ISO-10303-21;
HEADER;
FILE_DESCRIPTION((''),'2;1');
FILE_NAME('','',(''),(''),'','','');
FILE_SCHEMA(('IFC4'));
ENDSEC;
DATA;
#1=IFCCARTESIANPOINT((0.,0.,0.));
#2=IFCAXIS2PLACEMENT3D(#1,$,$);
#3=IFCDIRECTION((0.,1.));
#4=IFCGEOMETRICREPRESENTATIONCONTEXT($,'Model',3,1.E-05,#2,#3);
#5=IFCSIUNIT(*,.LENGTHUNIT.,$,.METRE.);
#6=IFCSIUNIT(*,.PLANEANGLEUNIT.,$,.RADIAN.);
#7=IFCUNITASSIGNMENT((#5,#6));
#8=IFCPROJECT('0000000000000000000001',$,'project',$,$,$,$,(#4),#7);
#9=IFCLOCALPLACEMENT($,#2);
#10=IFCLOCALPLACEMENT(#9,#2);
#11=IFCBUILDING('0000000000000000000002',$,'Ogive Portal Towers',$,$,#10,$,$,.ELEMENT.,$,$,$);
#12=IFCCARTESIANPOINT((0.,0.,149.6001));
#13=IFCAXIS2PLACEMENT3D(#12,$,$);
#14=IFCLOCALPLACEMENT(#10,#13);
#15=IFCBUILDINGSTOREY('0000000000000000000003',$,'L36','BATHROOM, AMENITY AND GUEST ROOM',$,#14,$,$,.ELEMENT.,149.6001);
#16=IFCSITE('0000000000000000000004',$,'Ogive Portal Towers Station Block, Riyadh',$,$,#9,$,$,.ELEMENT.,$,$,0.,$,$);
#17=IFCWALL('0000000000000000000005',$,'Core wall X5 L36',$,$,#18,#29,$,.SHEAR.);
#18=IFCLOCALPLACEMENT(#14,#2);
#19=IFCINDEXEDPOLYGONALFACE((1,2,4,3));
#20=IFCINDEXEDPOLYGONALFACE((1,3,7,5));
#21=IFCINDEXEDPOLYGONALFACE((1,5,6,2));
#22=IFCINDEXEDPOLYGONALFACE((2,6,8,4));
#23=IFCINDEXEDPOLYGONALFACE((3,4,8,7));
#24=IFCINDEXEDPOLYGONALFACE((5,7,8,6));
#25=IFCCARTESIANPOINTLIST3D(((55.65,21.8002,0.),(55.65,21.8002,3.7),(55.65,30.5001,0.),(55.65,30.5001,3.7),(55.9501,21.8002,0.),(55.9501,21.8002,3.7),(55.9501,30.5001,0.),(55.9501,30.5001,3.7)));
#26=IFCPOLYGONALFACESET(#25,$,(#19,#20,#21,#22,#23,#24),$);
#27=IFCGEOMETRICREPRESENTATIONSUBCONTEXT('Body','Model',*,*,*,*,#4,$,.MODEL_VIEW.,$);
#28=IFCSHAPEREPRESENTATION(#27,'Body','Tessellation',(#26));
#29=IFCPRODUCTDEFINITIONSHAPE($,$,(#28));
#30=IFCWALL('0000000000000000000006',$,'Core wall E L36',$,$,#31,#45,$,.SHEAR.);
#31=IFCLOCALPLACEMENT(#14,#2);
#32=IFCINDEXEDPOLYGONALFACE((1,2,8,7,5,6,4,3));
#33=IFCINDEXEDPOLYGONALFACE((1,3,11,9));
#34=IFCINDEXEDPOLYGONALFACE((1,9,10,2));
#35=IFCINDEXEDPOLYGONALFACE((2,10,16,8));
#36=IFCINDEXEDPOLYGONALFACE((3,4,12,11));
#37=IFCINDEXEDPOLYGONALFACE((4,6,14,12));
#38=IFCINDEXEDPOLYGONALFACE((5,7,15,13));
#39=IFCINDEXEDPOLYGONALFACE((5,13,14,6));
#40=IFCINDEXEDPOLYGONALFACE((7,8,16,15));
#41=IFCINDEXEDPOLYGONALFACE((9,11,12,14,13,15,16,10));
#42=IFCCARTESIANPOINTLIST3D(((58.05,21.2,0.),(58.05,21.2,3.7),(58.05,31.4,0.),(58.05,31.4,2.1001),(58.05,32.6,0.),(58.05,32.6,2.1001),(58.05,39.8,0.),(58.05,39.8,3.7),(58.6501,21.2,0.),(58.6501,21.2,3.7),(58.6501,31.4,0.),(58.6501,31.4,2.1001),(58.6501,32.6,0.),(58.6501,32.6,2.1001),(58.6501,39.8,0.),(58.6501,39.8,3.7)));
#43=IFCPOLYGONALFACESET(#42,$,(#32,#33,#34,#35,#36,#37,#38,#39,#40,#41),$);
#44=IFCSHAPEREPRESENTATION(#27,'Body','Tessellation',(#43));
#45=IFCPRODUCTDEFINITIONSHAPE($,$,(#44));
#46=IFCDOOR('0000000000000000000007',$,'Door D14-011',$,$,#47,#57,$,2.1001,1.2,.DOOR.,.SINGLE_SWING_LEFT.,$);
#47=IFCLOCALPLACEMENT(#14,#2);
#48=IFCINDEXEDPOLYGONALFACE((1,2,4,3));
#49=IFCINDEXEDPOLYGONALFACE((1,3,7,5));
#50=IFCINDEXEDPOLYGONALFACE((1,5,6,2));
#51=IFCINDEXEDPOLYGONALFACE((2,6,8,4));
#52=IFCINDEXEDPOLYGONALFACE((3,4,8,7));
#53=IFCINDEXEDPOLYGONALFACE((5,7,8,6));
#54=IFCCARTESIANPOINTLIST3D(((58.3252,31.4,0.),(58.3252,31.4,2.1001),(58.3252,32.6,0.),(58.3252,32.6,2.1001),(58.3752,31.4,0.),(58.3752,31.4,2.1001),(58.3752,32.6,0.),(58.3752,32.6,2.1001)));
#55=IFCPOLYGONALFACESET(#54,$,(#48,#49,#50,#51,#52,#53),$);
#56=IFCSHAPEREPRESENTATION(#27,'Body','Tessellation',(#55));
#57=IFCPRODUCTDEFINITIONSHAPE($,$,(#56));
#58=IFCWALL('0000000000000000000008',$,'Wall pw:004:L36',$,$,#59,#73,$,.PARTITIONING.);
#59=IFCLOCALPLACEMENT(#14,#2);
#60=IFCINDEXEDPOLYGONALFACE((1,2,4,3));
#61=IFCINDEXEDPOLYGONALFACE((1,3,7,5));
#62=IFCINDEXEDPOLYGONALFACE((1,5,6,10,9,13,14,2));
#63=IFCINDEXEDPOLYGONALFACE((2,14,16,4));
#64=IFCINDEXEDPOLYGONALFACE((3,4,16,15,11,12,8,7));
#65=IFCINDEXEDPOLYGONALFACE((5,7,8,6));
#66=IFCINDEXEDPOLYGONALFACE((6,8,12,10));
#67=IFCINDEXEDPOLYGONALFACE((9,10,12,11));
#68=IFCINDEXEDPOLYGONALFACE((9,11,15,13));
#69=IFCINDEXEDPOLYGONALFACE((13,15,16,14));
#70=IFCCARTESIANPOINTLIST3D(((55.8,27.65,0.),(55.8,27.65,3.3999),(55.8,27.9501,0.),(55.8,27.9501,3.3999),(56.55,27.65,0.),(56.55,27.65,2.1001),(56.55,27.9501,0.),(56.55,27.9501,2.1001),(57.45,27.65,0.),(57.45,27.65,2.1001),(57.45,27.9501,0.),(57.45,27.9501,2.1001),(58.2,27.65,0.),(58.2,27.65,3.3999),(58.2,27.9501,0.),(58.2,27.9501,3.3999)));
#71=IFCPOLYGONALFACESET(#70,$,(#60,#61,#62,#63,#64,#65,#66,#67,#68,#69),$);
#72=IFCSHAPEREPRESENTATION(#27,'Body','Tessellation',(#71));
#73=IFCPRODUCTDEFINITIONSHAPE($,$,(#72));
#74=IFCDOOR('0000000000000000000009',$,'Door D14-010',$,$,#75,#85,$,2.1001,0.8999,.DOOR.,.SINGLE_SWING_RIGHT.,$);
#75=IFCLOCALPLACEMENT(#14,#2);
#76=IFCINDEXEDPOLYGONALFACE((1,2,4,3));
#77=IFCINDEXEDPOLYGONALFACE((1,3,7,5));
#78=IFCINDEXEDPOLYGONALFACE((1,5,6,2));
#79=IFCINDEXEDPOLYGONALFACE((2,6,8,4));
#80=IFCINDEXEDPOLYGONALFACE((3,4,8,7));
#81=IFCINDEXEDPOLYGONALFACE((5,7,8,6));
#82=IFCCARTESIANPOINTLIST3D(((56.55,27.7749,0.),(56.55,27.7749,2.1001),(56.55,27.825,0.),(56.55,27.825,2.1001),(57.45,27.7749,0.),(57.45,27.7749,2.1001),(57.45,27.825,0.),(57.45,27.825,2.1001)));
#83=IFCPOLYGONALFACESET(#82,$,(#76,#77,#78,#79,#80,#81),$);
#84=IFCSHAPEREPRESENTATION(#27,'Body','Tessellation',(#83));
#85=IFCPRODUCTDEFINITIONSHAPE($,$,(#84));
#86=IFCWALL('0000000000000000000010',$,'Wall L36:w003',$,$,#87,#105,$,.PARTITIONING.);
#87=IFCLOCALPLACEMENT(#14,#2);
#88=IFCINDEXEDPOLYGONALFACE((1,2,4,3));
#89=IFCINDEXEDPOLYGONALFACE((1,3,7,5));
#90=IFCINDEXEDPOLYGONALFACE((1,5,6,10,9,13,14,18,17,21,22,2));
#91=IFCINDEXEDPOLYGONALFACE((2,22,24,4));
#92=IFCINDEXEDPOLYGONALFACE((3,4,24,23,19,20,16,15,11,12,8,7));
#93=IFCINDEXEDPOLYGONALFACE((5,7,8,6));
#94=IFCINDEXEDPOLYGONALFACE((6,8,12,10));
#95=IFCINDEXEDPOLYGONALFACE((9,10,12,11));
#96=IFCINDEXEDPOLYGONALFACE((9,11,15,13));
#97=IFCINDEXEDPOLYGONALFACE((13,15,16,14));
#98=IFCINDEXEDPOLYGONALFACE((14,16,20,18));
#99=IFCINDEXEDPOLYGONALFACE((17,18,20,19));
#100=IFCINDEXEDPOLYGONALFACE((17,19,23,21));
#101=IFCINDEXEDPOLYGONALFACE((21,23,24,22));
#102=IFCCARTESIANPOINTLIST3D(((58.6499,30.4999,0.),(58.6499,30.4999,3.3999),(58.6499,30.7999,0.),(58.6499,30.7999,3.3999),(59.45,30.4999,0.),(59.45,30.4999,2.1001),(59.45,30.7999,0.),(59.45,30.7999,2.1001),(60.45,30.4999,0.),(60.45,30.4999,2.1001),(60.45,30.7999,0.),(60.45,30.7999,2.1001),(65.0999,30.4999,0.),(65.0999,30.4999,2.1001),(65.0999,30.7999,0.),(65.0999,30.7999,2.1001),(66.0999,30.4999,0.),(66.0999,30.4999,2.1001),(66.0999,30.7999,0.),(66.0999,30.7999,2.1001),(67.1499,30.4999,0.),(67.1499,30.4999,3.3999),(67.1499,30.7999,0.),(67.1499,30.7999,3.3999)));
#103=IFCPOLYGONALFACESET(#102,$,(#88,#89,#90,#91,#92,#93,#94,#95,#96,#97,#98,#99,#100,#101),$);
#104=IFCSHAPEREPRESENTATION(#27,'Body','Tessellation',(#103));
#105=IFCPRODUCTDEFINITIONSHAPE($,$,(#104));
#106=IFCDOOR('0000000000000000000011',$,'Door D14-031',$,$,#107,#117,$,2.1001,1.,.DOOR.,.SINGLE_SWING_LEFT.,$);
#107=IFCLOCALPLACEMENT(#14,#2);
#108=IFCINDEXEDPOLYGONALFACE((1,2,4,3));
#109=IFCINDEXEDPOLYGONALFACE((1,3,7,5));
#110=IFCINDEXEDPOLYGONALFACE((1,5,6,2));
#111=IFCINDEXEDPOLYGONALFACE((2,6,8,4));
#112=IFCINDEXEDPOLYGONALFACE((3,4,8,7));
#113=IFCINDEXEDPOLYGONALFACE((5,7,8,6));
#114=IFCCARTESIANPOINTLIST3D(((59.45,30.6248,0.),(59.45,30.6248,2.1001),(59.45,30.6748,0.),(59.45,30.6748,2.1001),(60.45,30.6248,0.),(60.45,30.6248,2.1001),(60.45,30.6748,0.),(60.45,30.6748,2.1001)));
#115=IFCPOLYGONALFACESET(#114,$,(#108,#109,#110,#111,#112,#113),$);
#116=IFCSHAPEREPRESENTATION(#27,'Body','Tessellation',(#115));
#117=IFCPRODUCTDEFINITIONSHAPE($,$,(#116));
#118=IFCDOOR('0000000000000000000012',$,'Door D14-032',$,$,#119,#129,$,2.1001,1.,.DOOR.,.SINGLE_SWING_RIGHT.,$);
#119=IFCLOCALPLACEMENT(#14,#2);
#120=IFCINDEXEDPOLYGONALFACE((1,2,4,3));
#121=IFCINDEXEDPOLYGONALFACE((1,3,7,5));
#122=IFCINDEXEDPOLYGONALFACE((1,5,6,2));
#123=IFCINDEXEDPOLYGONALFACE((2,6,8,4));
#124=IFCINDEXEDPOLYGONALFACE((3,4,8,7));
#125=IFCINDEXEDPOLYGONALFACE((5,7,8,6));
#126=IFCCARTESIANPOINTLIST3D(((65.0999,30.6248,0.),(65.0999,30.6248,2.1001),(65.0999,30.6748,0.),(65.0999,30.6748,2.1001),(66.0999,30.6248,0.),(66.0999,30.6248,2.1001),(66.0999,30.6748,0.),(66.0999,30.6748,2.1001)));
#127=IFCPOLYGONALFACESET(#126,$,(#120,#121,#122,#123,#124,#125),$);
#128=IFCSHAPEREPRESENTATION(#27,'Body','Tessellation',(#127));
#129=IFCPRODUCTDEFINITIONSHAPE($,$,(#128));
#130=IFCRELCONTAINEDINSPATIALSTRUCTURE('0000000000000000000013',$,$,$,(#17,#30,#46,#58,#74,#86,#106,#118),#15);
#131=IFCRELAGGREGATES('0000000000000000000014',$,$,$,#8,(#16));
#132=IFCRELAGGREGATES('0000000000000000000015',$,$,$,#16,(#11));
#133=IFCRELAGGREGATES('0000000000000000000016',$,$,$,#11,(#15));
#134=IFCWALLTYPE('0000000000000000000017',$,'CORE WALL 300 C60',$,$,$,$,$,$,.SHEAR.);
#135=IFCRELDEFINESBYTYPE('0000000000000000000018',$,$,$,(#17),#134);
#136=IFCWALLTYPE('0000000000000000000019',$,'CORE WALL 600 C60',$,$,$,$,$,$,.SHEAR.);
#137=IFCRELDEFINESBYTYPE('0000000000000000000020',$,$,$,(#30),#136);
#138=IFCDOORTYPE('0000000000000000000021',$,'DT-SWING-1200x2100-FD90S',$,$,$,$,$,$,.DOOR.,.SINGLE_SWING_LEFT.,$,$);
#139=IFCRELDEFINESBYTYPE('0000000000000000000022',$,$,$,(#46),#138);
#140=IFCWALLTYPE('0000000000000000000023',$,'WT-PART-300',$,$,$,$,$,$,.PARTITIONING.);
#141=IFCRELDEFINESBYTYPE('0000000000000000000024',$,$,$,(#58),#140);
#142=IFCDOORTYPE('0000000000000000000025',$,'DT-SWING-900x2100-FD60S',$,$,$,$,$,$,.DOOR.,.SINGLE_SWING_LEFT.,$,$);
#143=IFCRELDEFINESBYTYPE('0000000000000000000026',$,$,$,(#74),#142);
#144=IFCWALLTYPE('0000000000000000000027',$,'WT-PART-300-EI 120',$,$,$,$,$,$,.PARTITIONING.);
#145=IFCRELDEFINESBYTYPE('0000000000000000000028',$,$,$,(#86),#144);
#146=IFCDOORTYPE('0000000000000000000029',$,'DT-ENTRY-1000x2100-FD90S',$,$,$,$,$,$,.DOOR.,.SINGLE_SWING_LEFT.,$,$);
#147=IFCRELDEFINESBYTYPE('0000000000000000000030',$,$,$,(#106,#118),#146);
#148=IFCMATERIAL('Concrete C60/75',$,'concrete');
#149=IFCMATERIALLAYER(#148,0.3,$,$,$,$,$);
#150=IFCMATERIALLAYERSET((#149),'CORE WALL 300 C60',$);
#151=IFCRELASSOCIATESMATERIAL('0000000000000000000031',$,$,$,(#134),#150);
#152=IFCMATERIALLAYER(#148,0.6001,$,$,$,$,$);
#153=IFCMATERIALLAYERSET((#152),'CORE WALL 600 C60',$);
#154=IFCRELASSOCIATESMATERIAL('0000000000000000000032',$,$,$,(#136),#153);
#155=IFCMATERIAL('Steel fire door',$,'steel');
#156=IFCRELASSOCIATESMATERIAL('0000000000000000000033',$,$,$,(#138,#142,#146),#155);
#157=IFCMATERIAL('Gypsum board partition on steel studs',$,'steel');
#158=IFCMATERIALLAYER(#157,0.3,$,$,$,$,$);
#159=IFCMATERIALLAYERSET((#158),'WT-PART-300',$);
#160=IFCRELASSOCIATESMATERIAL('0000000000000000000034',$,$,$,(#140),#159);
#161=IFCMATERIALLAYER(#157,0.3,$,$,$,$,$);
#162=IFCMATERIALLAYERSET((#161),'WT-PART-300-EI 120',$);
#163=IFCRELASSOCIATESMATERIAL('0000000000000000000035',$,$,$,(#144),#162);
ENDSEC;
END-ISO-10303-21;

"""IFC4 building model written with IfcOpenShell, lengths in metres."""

from ifc_helpers import new_model, si_unit, direction, frame, frame_2d, origin, place, context, subcontext, project, spatial, rectangle, extrude, material, layer, layer_set, type_object, element, fill, save


model = new_model("IFC4")

# Units and contexts
model_context = context("Model", 3, precision=1e-05, world=origin(), true_north=direction((0.0, 1.0)))
body_context = subcontext(model_context, "Body", "Model", "MODEL_VIEW")
ifc_project = project(units=[si_unit("LENGTHUNIT", "METRE"), si_unit("PLANEANGLEUNIT", "RADIAN")], contexts=[model_context])

# Site, building, storey
site_placement = place(None, origin())
site = spatial("IfcSite", under=ifc_project, at=site_placement, Name="Ogive Portal Towers Station Block, Riyadh", CompositionType="ELEMENT", RefElevation=0.0)
building_placement = place(site_placement, origin())
building = spatial("IfcBuilding", under=site, at=building_placement, Name="Ogive Portal Towers", CompositionType="ELEMENT")
storey_placement = place(building_placement, frame((0.0, 0.0, 149.6001)))
storey = spatial("IfcBuildingStorey", under=building, at=storey_placement, Name="L36", Description="BATHROOM, AMENITY AND GUEST ROOM", CompositionType="ELEMENT", Elevation=149.6001)

# Wall
ifc_material_1 = material(Name="Concrete C60/75", Category="concrete")
ifc_layer_1 = layer(ifc_material_1, 0.3)
ifc_layer_set_1 = layer_set([ifc_layer_1], Name="CORE WALL 300 C60")
wall_type_1 = type_object("IfcWallType", Name="CORE WALL 300 C60", PredefinedType="SHEAR", material=ifc_layer_set_1)
wall_1_placement = place(storey_placement, frame((55.8, 21.8, 0.0), z_axis=(0.0, 0.0, 1.0), x_axis=(0.0, 1.0, 0.0)))
element("IfcWall", 1, at=wall_1_placement, inside=storey, type_object=wall_type_1, Name="Core wall X5 L36", PredefinedType="SHEAR", context=body_context, shape_type="SweptSolid", body=[
    extrude(rectangle(XDim=8.7, YDim=0.3, at=frame_2d((4.3501, 0.0))), origin(), (0.0, 0.0, 1.0), 3.7),
])

# Walls, openings, doors
ifc_layer_2 = layer(ifc_material_1, 0.6001)
ifc_layer_set_2 = layer_set([ifc_layer_2], Name="CORE WALL 600 C60")
wall_type_2 = type_object("IfcWallType", Name="CORE WALL 600 C60", PredefinedType="SHEAR", material=ifc_layer_set_2)
wall_2_placement = place(storey_placement, frame((58.3501, 21.2, 0.0), z_axis=(0.0, 0.0, 1.0), x_axis=(0.0, 1.0, 0.0)))
wall_2 = element("IfcWall", 2, at=wall_2_placement, inside=storey, type_object=wall_type_2, Name="Core wall E L36", PredefinedType="SHEAR", context=body_context, shape_type="SweptSolid", body=[
    extrude(rectangle(XDim=18.6001, YDim=0.6001, at=frame_2d((9.3, 0.0))), origin(), (0.0, 0.0, 1.0), 3.7),
])
opening_1_placement = place(wall_2_placement, frame((10.2, 0.0, 0.0)))
opening_1 = element("IfcOpeningElement", 3, at=opening_1_placement, cuts=wall_2, PredefinedType="OPENING", context=body_context, shape_type="SweptSolid", body=[
    extrude(rectangle(XDim=1.2, YDim=2.1001, at=frame_2d((0.6001, 1.05))), frame((0.0, 0.3101, 0.0), z_axis=(0.0, -1.0, 0.0), x_axis=(1.0, 0.0, 0.0)), (0.0, 0.0, 1.0), 0.6201),
])
ifc_material_2 = material(Name="Steel fire door", Category="steel")
door_type_1 = type_object("IfcDoorType", Name="DT-SWING-1200x2100-FD90S", OperationType="SINGLE_SWING_LEFT", PredefinedType="DOOR", material=ifc_material_2)
door_1_placement = place(opening_1_placement, origin())
door_1 = element("IfcDoor", 4, at=door_1_placement, inside=storey, type_object=door_type_1, Name="Door D14-011", OperationType="SINGLE_SWING_LEFT", OverallHeight=2.1001, OverallWidth=1.2, PredefinedType="DOOR", context=body_context, shape_type="SweptSolid", body=[
    extrude(rectangle(XDim=1.2, YDim=2.1001, at=frame_2d((0.6001, 1.05))), frame((0.0, 0.0249, 0.0), z_axis=(0.0, -1.0, 0.0), x_axis=(1.0, 0.0, 0.0)), (0.0, 0.0, 1.0), 0.05),
])
fill(opening_1, door_1)
ifc_material_3 = material(Name="Gypsum board partition on steel studs", Category="steel")
ifc_layer_3 = layer(ifc_material_3, 0.3)
ifc_layer_set_3 = layer_set([ifc_layer_3], Name="WT-PART-300")
wall_type_3 = type_object("IfcWallType", Name="WT-PART-300", PredefinedType="PARTITIONING", material=ifc_layer_set_3)
wall_3_placement = place(storey_placement, frame((55.8, 27.8, 0.0), z_axis=(0.0, 0.0, 1.0), x_axis=(1.0, 0.0, 0.0)))
wall_3 = element("IfcWall", 5, at=wall_3_placement, inside=storey, type_object=wall_type_3, Name="Wall pw:004:L36", PredefinedType="PARTITIONING", context=body_context, shape_type="SweptSolid", body=[
    extrude(rectangle(XDim=2.3999, YDim=0.3, at=frame_2d((1.2, 0.0))), origin(), (0.0, 0.0, 1.0), 3.3999),
])
opening_2_placement = place(wall_3_placement, frame((0.75, 0.0, 0.0)))
opening_2 = element("IfcOpeningElement", 6, at=opening_2_placement, cuts=wall_3, PredefinedType="OPENING", context=body_context, shape_type="SweptSolid", body=[
    extrude(rectangle(XDim=0.8999, YDim=2.1001, at=frame_2d((0.45, 1.05))), frame((0.0, 0.1602, 0.0), z_axis=(0.0, -1.0, 0.0), x_axis=(1.0, 0.0, 0.0)), (0.0, 0.0, 1.0), 0.3201),
])
door_type_2 = type_object("IfcDoorType", Name="DT-SWING-900x2100-FD60S", OperationType="SINGLE_SWING_LEFT", PredefinedType="DOOR", material=ifc_material_2)
door_2_placement = place(opening_2_placement, origin())
door_2 = element("IfcDoor", 7, at=door_2_placement, inside=storey, type_object=door_type_2, Name="Door D14-010", OperationType="SINGLE_SWING_RIGHT", OverallHeight=2.1001, OverallWidth=0.8999, PredefinedType="DOOR", context=body_context, shape_type="SweptSolid", body=[
    extrude(rectangle(XDim=0.8999, YDim=2.1001, at=frame_2d((0.45, 1.05))), frame((0.0, 0.0249, 0.0), z_axis=(0.0, -1.0, 0.0), x_axis=(1.0, 0.0, 0.0)), (0.0, 0.0, 1.0), 0.05),
])
fill(opening_2, door_2)

# Wall, openings, doors
ifc_layer_4 = layer(ifc_material_3, 0.3)
ifc_layer_set_4 = layer_set([ifc_layer_4], Name="WT-PART-300-EI 120")
wall_type_4 = type_object("IfcWallType", Name="WT-PART-300-EI 120", PredefinedType="PARTITIONING", material=ifc_layer_set_4)
wall_4_placement = place(storey_placement, frame((58.6499, 30.6499, 0.0), z_axis=(0.0, 0.0, 1.0), x_axis=(1.0, 0.0, 0.0)))
wall_4 = element("IfcWall", 8, at=wall_4_placement, inside=storey, type_object=wall_type_4, Name="Wall L36:w003", PredefinedType="PARTITIONING", context=body_context, shape_type="SweptSolid", body=[
    extrude(rectangle(XDim=8.5, YDim=0.3, at=frame_2d((4.25, 0.0))), origin(), (0.0, 0.0, 1.0), 3.3999),
])
opening_3_placement = place(wall_4_placement, frame((0.8, 0.0, 0.0)))
opening_3 = element("IfcOpeningElement", 9, at=opening_3_placement, cuts=wall_4, PredefinedType="OPENING", context=body_context, shape_type="SweptSolid", body=[
    extrude(rectangle(XDim=1.0, YDim=2.1001, at=frame_2d((0.5, 1.05))), frame((0.0, 0.1602, 0.0), z_axis=(0.0, -1.0, 0.0), x_axis=(1.0, 0.0, 0.0)), (0.0, 0.0, 1.0), 0.3201),
])
opening_4_placement = place(wall_4_placement, frame((6.45, 0.0, 0.0)))
opening_4 = element("IfcOpeningElement", 10, at=opening_4_placement, cuts=wall_4, PredefinedType="OPENING", context=body_context, shape_type="SweptSolid", body=[
    extrude(rectangle(XDim=1.0, YDim=2.1001, at=frame_2d((0.5, 1.05))), frame((0.0, 0.1602, 0.0), z_axis=(0.0, -1.0, 0.0), x_axis=(1.0, 0.0, 0.0)), (0.0, 0.0, 1.0), 0.3201),
])
door_type_3 = type_object("IfcDoorType", Name="DT-ENTRY-1000x2100-FD90S", OperationType="SINGLE_SWING_LEFT", PredefinedType="DOOR", material=ifc_material_2)
door_3_placement = place(opening_3_placement, origin())
door_3 = element("IfcDoor", 11, at=door_3_placement, inside=storey, type_object=door_type_3, Name="Door D14-031", OperationType="SINGLE_SWING_LEFT", OverallHeight=2.1001, OverallWidth=1.0, PredefinedType="DOOR", context=body_context, shape_type="SweptSolid", body=[
    extrude(rectangle(XDim=1.0, YDim=2.1001, at=frame_2d((0.5, 1.05))), frame((0.0, 0.0249, 0.0), z_axis=(0.0, -1.0, 0.0), x_axis=(1.0, 0.0, 0.0)), (0.0, 0.0, 1.0), 0.05),
])
fill(opening_3, door_3)
door_4_placement = place(opening_4_placement, origin())
door_4 = element("IfcDoor", 12, at=door_4_placement, inside=storey, type_object=door_type_3, Name="Door D14-032", OperationType="SINGLE_SWING_RIGHT", OverallHeight=2.1001, OverallWidth=1.0, PredefinedType="DOOR", context=body_context, shape_type="SweptSolid", body=[
    extrude(rectangle(XDim=1.0, YDim=2.1001, at=frame_2d((0.5, 1.05))), frame((0.0, 0.0249, 0.0), z_axis=(0.0, -1.0, 0.0), x_axis=(1.0, 0.0, 0.0)), (0.0, 0.0, 1.0), 0.05),
])
fill(opening_4, door_4)

save(model, "model.ifc")
